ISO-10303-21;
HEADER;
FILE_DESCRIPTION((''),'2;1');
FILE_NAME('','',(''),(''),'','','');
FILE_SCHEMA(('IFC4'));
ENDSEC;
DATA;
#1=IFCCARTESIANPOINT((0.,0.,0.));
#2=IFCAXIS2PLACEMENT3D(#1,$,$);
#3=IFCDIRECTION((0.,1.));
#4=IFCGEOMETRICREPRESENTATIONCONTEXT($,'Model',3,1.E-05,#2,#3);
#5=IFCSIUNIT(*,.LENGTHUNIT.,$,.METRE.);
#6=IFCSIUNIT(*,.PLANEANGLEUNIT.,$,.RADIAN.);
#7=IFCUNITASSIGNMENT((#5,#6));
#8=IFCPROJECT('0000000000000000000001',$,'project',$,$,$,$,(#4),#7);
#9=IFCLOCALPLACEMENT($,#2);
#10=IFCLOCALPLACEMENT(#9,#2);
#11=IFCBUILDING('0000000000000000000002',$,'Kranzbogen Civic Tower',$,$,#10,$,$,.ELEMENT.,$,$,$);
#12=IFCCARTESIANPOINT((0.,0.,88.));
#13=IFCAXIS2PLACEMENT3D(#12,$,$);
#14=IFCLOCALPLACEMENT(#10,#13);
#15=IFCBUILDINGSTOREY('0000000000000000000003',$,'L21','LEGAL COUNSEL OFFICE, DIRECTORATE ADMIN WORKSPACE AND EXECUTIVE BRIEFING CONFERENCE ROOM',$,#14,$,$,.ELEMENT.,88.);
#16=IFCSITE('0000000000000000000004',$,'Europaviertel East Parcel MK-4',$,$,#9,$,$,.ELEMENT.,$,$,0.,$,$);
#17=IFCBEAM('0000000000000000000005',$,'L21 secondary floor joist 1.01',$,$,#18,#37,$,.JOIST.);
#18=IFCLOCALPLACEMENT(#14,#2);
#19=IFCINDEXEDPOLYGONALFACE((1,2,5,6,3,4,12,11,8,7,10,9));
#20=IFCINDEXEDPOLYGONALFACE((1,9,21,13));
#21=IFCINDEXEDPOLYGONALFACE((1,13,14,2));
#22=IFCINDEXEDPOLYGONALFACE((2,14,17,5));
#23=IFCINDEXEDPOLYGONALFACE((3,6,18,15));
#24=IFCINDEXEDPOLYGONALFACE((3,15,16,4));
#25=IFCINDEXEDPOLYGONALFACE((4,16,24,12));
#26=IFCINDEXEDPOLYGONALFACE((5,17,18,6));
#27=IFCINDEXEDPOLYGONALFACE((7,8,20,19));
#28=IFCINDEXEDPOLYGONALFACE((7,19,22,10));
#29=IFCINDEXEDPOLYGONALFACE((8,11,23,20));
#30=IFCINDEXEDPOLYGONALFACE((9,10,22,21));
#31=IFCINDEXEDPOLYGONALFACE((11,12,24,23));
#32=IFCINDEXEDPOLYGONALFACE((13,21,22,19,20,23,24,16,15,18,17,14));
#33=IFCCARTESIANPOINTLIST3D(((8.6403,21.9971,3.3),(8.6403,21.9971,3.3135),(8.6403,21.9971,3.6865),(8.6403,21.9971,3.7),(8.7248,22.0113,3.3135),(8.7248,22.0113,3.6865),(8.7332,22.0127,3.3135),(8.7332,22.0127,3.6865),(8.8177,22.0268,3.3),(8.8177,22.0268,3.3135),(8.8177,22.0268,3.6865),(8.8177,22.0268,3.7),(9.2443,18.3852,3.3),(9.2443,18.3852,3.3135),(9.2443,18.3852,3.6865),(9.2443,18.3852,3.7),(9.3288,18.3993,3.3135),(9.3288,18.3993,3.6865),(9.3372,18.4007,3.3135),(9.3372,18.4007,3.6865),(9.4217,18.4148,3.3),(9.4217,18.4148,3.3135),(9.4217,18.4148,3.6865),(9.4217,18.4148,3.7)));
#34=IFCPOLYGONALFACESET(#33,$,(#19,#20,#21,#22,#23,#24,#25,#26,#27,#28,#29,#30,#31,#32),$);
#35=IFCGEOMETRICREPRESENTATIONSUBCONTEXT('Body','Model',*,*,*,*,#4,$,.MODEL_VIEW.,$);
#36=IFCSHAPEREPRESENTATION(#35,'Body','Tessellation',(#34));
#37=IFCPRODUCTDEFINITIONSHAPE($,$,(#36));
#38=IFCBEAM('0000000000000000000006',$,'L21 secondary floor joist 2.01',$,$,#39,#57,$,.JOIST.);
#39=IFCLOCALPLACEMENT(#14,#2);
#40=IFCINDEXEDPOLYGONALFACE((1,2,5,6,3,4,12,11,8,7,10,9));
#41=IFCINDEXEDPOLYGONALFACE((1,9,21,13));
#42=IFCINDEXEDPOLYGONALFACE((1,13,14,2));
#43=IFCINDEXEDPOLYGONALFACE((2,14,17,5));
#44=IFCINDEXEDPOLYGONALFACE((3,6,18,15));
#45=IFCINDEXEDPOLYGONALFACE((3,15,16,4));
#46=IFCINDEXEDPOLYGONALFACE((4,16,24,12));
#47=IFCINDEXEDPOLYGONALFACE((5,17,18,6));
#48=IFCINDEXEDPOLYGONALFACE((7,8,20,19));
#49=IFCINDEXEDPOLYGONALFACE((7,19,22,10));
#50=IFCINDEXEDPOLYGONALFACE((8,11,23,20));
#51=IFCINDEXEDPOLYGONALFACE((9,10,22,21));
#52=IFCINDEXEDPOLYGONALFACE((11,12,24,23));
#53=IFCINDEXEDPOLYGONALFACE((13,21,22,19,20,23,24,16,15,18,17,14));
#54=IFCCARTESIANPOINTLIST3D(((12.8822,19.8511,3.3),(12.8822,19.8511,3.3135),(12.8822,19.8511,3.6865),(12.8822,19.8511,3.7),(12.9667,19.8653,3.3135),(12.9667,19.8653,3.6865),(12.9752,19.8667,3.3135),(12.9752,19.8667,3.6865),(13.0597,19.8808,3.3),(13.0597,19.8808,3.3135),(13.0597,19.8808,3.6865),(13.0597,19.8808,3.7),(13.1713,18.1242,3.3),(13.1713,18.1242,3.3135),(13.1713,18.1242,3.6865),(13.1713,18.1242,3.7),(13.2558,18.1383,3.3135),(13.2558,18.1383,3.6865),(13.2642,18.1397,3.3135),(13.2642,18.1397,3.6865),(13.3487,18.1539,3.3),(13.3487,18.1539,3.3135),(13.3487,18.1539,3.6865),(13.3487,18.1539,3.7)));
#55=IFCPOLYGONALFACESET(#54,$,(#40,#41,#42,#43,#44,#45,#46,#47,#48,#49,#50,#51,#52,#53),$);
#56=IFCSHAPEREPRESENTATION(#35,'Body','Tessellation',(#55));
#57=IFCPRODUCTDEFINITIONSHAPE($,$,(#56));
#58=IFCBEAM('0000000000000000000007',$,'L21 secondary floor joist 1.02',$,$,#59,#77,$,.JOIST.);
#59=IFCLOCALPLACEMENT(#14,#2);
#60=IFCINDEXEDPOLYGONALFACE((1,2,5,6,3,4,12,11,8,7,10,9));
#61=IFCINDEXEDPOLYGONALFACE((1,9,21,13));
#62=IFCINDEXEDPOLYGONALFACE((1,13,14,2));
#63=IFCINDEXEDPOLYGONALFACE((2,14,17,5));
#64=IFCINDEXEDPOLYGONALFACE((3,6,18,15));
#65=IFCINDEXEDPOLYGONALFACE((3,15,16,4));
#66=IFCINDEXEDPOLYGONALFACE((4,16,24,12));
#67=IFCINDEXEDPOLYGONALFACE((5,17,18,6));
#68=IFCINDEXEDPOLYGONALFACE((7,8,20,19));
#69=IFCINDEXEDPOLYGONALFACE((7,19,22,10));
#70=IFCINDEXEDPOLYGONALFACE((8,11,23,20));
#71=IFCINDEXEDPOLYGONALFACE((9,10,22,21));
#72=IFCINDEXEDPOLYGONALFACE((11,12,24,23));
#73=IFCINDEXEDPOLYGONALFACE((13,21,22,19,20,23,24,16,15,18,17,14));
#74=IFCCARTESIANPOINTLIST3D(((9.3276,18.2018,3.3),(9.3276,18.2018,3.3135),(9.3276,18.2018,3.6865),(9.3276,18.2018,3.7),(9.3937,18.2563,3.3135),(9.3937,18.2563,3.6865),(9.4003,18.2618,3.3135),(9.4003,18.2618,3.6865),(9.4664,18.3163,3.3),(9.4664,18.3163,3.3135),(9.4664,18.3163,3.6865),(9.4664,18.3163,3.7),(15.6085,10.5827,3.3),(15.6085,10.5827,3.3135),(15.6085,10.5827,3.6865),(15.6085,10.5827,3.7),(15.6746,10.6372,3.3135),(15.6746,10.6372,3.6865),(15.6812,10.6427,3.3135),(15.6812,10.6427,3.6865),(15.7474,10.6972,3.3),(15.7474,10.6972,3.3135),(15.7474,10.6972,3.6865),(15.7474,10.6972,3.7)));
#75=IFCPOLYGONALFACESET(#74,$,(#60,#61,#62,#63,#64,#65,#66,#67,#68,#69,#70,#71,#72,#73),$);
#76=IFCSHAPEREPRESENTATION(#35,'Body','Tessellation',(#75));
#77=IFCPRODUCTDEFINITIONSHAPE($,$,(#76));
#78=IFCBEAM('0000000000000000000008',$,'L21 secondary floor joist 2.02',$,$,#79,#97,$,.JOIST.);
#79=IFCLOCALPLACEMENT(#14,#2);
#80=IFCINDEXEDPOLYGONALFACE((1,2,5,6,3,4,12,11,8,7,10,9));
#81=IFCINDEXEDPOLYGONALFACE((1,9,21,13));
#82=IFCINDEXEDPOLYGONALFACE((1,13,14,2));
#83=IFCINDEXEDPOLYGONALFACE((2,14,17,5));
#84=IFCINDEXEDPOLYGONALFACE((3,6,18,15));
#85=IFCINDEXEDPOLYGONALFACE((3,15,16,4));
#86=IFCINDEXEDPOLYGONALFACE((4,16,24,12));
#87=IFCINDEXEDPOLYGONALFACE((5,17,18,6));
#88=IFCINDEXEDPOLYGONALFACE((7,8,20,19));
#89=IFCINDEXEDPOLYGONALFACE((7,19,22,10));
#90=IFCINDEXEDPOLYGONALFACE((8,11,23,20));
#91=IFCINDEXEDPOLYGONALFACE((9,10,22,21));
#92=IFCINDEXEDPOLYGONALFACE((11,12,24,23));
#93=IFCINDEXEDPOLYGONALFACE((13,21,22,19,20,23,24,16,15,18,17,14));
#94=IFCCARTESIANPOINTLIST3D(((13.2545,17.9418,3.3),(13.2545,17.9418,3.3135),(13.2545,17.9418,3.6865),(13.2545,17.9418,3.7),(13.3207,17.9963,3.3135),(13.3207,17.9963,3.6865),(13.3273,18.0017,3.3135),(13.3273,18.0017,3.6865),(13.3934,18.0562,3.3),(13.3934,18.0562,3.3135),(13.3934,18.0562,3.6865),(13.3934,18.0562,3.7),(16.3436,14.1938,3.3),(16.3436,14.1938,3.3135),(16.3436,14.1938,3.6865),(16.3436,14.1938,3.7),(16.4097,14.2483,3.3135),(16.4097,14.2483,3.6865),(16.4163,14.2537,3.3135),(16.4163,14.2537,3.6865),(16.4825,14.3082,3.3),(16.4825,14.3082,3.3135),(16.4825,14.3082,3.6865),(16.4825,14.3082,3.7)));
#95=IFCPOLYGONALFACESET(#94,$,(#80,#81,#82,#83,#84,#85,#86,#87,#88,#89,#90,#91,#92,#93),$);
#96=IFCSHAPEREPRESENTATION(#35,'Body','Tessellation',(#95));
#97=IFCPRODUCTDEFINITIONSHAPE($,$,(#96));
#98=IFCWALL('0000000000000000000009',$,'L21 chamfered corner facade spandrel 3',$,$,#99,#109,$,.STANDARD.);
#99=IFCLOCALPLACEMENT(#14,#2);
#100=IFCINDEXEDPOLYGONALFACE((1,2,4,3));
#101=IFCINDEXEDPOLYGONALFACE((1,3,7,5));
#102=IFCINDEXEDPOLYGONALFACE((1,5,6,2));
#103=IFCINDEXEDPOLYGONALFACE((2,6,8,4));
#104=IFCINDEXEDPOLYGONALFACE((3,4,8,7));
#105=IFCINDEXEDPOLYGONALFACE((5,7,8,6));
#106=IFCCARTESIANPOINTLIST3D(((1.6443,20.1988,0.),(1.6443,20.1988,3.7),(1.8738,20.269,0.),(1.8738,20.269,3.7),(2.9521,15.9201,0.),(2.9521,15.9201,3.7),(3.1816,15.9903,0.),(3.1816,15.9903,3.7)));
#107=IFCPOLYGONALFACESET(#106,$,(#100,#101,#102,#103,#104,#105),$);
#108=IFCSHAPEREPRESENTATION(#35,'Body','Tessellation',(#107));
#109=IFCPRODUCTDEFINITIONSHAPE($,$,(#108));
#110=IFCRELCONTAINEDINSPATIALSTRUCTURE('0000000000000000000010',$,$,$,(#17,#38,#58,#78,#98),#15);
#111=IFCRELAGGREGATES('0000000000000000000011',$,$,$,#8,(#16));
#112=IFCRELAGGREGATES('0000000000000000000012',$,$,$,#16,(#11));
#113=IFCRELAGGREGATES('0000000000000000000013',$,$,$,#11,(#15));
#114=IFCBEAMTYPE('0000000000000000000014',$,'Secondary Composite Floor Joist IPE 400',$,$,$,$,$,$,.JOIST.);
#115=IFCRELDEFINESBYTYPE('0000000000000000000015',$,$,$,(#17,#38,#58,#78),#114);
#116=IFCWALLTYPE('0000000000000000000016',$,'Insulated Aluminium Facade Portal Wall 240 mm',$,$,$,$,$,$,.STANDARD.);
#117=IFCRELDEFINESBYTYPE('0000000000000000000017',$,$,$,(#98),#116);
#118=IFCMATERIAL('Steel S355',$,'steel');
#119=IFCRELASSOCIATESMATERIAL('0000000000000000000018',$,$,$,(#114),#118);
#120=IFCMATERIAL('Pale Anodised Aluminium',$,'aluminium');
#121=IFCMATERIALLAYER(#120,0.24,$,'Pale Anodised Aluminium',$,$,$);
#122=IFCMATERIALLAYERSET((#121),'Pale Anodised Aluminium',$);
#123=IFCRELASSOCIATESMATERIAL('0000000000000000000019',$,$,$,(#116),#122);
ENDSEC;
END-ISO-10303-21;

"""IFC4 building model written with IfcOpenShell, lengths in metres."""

from ifc_helpers import new_model, si_unit, direction, frame, frame_2d, origin, origin_2d, place, context, subcontext, project, spatial, rectangle, i_section, extrude, material, layer, layer_set, material_profile, profile_set, type_object, element, save


model = new_model("IFC4")

# Units and contexts
model_context = context("Model", 3, precision=1e-05, world=origin(), true_north=direction((0.0, 1.0)))
body_context = subcontext(model_context, "Body", "Model", "MODEL_VIEW")
ifc_project = project(units=[si_unit("LENGTHUNIT", "METRE"), si_unit("PLANEANGLEUNIT", "RADIAN")], contexts=[model_context])

# Site, building, storey
site_placement = place(None, origin())
site = spatial("IfcSite", under=ifc_project, at=site_placement, Name="Europaviertel East Parcel MK-4", CompositionType="ELEMENT", RefElevation=0.0)
building_placement = place(site_placement, origin())
building = spatial("IfcBuilding", under=site, at=building_placement, Name="Kranzbogen Civic Tower", CompositionType="ELEMENT")
storey_placement = place(building_placement, frame((0.0, 0.0, 88.0)))
storey = spatial("IfcBuildingStorey", under=building, at=storey_placement, Name="L21", Description="LEGAL COUNSEL OFFICE, DIRECTORATE ADMIN WORKSPACE AND EXECUTIVE BRIEFING CONFERENCE ROOM", CompositionType="ELEMENT", Elevation=88.0)

# Shared definitions
ifc_material_1 = material(Name="Steel S355", Category="steel")

# Shared definitions
ifc_material_2 = material(Name="Pale Anodised Aluminium", Category="aluminium")

# Beams
ifc_material_profile_1 = material_profile(ifc_material_1, i_section(OverallWidth=0.1799, OverallDepth=0.3999, WebThickness=0.0085, FlangeThickness=0.0134, at=origin_2d()), Name="IPE 400")
ifc_profile_set_1 = profile_set([ifc_material_profile_1], Name="Steel S355")
beam_type_1 = type_object("IfcBeamType", Name="Secondary Composite Floor Joist IPE 400", PredefinedType="JOIST", material=ifc_profile_set_1)
beam_1_placement = place(storey_placement, frame((8.729, 22.012, 3.5), z_axis=(0.164929, -0.986305, 0.0), x_axis=(0.986305, 0.164929, 0.0)))
element("IfcBeam", 1, at=beam_1_placement, inside=storey, type_object=beam_type_1, Name="L21 secondary floor joist 1.01", PredefinedType="JOIST", context=body_context, shape_type="SweptSolid", body=[
    extrude(i_section(OverallWidth=0.1799, OverallDepth=0.3999, WebThickness=0.0085, FlangeThickness=0.0134, at=origin_2d()), origin(), (0.0, 0.0, 1.0), 3.6621),
])
beam_2_placement = place(storey_placement, frame((12.9709, 19.866, 3.5), z_axis=(0.165077, -0.986281, 0.0), x_axis=(0.986281, 0.165077, 0.0)))
element("IfcBeam", 2, at=beam_2_placement, inside=storey, type_object=beam_type_1, Name="L21 secondary floor joist 2.01", PredefinedType="JOIST", context=body_context, shape_type="SweptSolid", body=[
    extrude(i_section(OverallWidth=0.1799, OverallDepth=0.3999, WebThickness=0.0085, FlangeThickness=0.0134, at=origin_2d()), origin(), (0.0, 0.0, 1.0), 1.751),
])
beam_3_placement = place(storey_placement, frame((9.397, 18.259, 3.5), z_axis=(0.636095, -0.771611, 0.0), x_axis=(0.771611, 0.636095, 0.0)))
element("IfcBeam", 3, at=beam_3_placement, inside=storey, type_object=beam_type_1, Name="L21 secondary floor joist 1.02", PredefinedType="JOIST", context=body_context, shape_type="SweptSolid", body=[
    extrude(i_section(OverallWidth=0.1799, OverallDepth=0.3999, WebThickness=0.0085, FlangeThickness=0.0134, at=origin_2d()), origin(), (0.0, 0.0, 1.0), 9.8743),
])
beam_4_placement = place(storey_placement, frame((13.324, 17.999, 3.5), z_axis=(0.636012, -0.771679, 0.0), x_axis=(0.771679, 0.636012, 0.0)))
element("IfcBeam", 4, at=beam_4_placement, inside=storey, type_object=beam_type_1, Name="L21 secondary floor joist 2.02", PredefinedType="JOIST", context=body_context, shape_type="SweptSolid", body=[
    extrude(i_section(OverallWidth=0.1799, OverallDepth=0.3999, WebThickness=0.0085, FlangeThickness=0.0134, at=origin_2d()), origin(), (0.0, 0.0, 1.0), 4.8569),
])

# Wall
ifc_layer_1 = layer(ifc_material_2, 0.24, Name="Pale Anodised Aluminium")
ifc_layer_set_1 = layer_set([ifc_layer_1], Name="Pale Anodised Aluminium")
wall_type = type_object("IfcWallType", Name="Insulated Aluminium Facade Portal Wall 240 mm", PredefinedType="STANDARD", material=ifc_layer_set_1)
wall_placement = place(storey_placement, frame((1.759, 20.2339, 0.0), z_axis=(0.0, 0.0, 1.0), x_axis=(0.29231, -0.956324, 0.0)))
element("IfcWall", 5, at=wall_placement, inside=storey, type_object=wall_type, Name="L21 chamfered corner facade spandrel 3", PredefinedType="STANDARD", context=body_context, shape_type="SweptSolid", body=[
    extrude(rectangle(XDim=4.4741, YDim=0.24, at=frame_2d((2.2371, 0.0))), origin(), (0.0, 0.0, 1.0), 3.7),
])

save(model, "model.ifc")
